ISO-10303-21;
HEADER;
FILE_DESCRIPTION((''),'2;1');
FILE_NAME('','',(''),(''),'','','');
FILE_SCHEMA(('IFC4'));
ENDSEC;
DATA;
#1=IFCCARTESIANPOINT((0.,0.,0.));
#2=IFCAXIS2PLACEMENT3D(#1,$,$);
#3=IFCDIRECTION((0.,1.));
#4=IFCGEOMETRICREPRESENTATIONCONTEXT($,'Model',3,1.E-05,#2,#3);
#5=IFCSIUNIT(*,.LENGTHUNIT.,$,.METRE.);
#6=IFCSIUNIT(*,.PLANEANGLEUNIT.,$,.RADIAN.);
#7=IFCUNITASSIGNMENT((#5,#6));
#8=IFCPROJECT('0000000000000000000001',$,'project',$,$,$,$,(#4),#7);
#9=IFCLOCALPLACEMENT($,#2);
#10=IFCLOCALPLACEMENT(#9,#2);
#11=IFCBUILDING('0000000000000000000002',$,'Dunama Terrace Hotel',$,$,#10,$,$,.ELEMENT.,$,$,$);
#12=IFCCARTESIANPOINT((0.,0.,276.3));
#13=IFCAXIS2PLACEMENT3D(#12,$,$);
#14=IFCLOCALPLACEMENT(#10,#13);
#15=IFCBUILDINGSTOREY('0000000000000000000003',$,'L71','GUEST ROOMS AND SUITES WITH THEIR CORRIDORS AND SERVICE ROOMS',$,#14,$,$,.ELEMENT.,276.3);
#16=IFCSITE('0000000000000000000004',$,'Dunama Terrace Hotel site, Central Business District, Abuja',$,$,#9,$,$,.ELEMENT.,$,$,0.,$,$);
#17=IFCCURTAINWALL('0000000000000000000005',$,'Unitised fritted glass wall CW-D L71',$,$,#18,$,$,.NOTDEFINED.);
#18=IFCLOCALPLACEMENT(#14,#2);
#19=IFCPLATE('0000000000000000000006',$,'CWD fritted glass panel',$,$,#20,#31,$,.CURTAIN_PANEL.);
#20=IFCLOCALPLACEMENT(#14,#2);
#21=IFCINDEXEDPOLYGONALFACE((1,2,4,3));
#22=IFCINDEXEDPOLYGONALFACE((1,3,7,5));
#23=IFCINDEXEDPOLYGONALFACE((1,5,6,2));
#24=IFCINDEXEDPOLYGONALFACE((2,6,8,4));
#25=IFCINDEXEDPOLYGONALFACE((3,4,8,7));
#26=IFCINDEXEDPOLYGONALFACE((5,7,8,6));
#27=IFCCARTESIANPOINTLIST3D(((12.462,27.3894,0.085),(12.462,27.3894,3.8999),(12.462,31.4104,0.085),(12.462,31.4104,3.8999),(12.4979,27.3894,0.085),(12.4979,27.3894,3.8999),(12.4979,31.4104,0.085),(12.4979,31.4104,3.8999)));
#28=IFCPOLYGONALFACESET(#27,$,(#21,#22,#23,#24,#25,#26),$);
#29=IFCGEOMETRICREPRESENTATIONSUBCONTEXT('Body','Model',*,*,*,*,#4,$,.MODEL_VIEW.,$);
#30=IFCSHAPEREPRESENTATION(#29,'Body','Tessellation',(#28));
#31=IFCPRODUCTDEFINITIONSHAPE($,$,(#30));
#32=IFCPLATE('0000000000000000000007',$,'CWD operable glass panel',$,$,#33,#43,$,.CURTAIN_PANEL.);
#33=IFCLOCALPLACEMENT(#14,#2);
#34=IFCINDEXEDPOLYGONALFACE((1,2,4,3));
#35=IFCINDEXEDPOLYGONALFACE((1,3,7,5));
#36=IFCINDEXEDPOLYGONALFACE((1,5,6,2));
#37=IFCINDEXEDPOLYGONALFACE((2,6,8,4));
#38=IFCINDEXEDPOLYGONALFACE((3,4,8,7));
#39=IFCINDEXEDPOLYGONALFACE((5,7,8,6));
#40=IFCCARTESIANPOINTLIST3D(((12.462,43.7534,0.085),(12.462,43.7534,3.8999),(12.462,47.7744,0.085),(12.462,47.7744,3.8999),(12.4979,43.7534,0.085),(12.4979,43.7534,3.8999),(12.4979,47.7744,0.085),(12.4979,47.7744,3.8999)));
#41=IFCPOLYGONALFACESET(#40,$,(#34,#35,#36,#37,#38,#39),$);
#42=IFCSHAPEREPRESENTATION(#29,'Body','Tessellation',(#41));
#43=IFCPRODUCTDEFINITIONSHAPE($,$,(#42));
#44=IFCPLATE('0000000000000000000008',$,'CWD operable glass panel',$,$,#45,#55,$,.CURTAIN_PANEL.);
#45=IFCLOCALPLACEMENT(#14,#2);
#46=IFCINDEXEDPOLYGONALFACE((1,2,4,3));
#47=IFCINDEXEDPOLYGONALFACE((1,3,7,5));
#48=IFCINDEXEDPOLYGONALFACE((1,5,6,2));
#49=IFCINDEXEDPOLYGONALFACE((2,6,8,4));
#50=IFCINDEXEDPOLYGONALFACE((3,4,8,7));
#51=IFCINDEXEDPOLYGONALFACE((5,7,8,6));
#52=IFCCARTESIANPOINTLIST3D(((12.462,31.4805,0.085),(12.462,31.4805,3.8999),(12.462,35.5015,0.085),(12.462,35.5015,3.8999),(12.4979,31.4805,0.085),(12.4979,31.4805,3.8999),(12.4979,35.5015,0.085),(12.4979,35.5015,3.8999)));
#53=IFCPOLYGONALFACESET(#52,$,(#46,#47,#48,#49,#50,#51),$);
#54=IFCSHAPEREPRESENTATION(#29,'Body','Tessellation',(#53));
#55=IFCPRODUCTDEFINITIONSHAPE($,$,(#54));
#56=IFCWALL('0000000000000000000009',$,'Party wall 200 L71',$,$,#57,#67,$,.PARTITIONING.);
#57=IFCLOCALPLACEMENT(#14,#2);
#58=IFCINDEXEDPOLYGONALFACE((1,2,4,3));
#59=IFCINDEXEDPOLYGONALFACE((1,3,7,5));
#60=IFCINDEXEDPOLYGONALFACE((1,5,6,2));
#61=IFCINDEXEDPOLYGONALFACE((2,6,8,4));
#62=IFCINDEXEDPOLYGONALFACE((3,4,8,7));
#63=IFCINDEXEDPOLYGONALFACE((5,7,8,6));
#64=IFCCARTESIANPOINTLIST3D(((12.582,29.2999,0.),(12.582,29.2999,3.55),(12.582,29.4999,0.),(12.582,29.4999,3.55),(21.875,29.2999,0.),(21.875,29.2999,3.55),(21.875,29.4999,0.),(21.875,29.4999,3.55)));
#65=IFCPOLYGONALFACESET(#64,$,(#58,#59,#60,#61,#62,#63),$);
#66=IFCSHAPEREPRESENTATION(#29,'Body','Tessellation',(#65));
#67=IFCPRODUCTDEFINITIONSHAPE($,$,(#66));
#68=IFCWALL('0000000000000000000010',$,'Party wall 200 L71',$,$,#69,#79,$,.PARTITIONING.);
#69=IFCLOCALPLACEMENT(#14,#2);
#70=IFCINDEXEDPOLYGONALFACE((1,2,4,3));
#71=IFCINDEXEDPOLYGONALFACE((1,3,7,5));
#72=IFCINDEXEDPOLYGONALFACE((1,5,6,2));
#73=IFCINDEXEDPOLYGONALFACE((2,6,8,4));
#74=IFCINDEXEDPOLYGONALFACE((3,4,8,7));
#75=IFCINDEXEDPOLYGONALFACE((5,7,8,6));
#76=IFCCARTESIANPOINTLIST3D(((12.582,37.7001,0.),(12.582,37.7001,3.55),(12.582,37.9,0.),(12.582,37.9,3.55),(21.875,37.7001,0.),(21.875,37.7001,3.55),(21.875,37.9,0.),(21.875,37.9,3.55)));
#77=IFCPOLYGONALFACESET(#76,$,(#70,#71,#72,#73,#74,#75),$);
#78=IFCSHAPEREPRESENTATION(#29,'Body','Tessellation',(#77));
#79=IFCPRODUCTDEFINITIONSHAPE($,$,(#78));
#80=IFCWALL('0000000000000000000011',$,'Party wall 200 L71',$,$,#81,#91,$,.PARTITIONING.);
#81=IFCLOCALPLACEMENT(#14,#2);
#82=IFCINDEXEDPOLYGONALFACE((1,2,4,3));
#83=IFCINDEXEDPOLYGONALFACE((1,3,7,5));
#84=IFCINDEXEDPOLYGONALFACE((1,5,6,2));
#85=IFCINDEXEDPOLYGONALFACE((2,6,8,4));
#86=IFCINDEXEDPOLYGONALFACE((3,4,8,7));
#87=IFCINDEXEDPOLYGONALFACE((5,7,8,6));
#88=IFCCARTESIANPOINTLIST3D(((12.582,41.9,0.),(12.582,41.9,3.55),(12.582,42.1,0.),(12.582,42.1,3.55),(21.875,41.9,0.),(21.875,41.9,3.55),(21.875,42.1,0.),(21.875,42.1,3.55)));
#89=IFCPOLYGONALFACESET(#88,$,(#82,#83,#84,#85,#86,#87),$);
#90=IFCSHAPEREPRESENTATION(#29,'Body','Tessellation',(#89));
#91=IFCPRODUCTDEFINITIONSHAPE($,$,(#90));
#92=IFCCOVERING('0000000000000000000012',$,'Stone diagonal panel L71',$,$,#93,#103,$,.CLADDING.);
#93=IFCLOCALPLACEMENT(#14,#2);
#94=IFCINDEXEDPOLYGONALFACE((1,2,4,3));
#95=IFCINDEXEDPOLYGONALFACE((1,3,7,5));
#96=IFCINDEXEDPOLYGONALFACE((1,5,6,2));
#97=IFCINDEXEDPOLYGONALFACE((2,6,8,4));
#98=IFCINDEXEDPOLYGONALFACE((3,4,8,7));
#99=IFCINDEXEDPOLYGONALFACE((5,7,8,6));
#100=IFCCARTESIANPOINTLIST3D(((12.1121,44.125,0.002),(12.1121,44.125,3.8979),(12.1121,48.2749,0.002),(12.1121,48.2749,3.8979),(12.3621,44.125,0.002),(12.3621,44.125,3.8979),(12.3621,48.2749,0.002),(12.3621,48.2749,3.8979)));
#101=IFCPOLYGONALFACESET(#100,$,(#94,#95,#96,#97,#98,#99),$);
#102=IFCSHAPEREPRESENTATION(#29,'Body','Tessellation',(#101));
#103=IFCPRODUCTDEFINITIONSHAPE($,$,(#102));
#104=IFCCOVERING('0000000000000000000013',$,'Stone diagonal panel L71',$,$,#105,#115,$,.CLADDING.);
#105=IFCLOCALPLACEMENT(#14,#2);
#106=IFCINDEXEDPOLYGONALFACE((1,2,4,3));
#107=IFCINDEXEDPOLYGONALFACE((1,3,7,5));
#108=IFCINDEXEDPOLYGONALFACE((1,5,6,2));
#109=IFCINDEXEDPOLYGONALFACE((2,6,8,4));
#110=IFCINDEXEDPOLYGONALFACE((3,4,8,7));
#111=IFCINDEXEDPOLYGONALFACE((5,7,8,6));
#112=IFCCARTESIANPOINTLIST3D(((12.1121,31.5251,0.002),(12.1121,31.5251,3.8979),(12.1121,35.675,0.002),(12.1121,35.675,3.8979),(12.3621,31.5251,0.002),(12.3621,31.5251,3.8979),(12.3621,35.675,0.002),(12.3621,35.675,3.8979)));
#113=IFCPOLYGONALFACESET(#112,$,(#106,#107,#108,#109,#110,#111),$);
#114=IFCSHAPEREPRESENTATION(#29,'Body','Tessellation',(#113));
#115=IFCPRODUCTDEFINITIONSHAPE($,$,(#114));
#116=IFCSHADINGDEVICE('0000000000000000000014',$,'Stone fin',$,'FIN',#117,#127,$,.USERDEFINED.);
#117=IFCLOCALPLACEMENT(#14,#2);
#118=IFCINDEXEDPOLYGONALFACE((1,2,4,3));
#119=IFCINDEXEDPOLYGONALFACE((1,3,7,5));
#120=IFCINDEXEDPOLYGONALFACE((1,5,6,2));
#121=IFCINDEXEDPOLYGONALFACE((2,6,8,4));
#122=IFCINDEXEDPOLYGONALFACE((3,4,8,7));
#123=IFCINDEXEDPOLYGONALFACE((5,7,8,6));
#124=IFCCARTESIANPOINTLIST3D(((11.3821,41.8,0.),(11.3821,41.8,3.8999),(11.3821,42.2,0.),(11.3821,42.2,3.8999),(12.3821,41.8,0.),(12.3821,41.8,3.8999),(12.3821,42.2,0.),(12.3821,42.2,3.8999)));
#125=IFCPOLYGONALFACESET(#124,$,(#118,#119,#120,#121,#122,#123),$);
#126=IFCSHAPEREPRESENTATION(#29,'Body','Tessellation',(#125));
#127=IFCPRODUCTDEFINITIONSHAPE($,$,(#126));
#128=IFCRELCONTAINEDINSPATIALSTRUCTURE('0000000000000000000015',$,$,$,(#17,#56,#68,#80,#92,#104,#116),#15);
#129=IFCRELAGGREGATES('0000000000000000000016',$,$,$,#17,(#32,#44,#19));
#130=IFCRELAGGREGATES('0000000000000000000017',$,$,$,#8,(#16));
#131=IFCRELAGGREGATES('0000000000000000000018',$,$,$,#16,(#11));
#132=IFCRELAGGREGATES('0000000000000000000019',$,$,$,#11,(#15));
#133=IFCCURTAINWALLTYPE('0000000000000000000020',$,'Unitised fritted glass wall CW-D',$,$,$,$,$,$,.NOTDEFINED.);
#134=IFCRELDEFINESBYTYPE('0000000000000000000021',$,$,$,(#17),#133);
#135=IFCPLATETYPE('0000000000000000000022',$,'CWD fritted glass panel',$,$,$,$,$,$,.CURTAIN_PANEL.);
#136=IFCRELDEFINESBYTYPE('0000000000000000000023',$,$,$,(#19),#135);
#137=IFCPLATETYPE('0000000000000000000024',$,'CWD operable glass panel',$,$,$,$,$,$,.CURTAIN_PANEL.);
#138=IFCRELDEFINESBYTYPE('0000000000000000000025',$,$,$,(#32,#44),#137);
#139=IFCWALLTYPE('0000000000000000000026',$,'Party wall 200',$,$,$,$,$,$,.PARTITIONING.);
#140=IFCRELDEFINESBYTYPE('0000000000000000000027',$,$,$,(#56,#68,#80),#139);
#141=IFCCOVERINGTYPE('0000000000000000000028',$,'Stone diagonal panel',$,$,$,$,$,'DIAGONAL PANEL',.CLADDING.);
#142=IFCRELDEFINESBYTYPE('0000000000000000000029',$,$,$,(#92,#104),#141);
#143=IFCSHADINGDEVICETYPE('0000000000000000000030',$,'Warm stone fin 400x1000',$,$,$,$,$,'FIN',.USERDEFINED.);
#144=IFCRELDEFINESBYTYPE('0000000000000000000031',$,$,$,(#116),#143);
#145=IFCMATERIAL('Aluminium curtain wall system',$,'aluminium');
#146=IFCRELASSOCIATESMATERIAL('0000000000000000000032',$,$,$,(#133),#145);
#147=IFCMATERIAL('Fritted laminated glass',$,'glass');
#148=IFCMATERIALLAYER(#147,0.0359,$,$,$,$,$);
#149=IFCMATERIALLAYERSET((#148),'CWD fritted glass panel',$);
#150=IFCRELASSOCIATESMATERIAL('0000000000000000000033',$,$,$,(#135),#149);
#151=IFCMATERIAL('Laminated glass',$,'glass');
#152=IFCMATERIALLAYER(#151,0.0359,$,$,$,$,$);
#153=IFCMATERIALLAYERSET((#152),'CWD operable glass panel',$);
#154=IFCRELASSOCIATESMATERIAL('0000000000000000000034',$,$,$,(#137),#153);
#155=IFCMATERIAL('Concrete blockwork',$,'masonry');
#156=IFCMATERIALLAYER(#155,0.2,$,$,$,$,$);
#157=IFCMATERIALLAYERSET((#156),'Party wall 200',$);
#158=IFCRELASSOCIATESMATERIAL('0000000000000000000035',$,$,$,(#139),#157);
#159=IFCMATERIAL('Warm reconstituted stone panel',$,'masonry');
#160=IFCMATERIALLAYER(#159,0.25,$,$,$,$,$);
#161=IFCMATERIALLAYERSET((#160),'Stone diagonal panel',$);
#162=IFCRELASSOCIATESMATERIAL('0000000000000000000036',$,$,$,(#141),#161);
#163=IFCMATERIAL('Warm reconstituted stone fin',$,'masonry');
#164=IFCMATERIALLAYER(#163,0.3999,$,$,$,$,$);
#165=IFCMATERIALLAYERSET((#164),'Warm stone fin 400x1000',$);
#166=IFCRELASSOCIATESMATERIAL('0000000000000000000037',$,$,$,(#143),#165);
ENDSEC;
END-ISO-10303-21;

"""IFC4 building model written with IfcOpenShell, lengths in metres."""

from ifc_helpers import new_model, si_unit, direction, frame, frame_2d, origin, origin_2d, place, context, subcontext, project, spatial, rectangle, extrude, material, layer, layer_set, type_object, element, aggregate, save


model = new_model("IFC4")

# Units and contexts
model_context = context("Model", 3, precision=1e-05, world=origin(), true_north=direction((0.0, 1.0)))
body_context = subcontext(model_context, "Body", "Model", "MODEL_VIEW")
ifc_project = project(units=[si_unit("LENGTHUNIT", "METRE"), si_unit("PLANEANGLEUNIT", "RADIAN")], contexts=[model_context])

# Site, building, storey
site_placement = place(None, origin())
site = spatial("IfcSite", under=ifc_project, at=site_placement, Name="Dunama Terrace Hotel site, Central Business District, Abuja", CompositionType="ELEMENT", RefElevation=0.0)
building_placement = place(site_placement, origin())
building = spatial("IfcBuilding", under=site, at=building_placement, Name="Dunama Terrace Hotel", CompositionType="ELEMENT")
storey_placement = place(building_placement, frame((0.0, 0.0, 276.3)))
storey = spatial("IfcBuildingStorey", under=building, at=storey_placement, Name="L71", Description="GUEST ROOMS AND SUITES WITH THEIR CORRIDORS AND SERVICE ROOMS", CompositionType="ELEMENT", Elevation=276.3)

# Curtain wall
ifc_material_1 = material(Name="Aluminium curtain wall system", Category="aluminium")
curtain_wall_type = type_object("IfcCurtainWallType", Name="Unitised fritted glass wall CW-D", PredefinedType="NOTDEFINED", material=ifc_material_1)
curtain_wall_placement = place(storey_placement, origin())
curtain_wall = element("IfcCurtainWall", 1, at=curtain_wall_placement, inside=storey, type_object=curtain_wall_type, Name="Unitised fritted glass wall CW-D L71", PredefinedType="NOTDEFINED")

# Plates
ifc_material_2 = material(Name="Fritted laminated glass", Category="glass")
ifc_layer_1 = layer(ifc_material_2, 0.0359)
ifc_layer_set_1 = layer_set([ifc_layer_1], Name="CWD fritted glass panel")
plate_type_1 = type_object("IfcPlateType", Name="CWD fritted glass panel", PredefinedType="CURTAIN_PANEL", material=ifc_layer_set_1)
plate_1_placement = place(storey_placement, frame((12.48, 29.3999, 0.085), z_axis=(0.0, 0.0, 1.0), x_axis=(0.0, -1.0, 0.0)))
plate_1 = element("IfcPlate", 2, at=plate_1_placement, type_object=plate_type_1, Name="CWD fritted glass panel", PredefinedType="CURTAIN_PANEL", context=body_context, shape_type="SweptSolid", body=[
    extrude(rectangle(XDim=4.021, YDim=0.0359, at=origin_2d()), origin(), (0.0, 0.0, 1.0), 3.8149),
])
ifc_material_3 = material(Name="Laminated glass", Category="glass")
ifc_layer_2 = layer(ifc_material_3, 0.0359)
ifc_layer_set_2 = layer_set([ifc_layer_2], Name="CWD operable glass panel")
plate_type_2 = type_object("IfcPlateType", Name="CWD operable glass panel", PredefinedType="CURTAIN_PANEL", material=ifc_layer_set_2)
plate_2_placement = place(storey_placement, frame((12.48, 45.7639, 0.085), z_axis=(0.0, 0.0, 1.0), x_axis=(0.0, -1.0, 0.0)))
plate_2 = element("IfcPlate", 3, at=plate_2_placement, type_object=plate_type_2, Name="CWD operable glass panel", PredefinedType="CURTAIN_PANEL", context=body_context, shape_type="SweptSolid", body=[
    extrude(rectangle(XDim=4.021, YDim=0.0359, at=origin_2d()), origin(), (0.0, 0.0, 1.0), 3.8149),
])
plate_3_placement = place(storey_placement, frame((12.48, 33.491, 0.085), z_axis=(0.0, 0.0, 1.0), x_axis=(0.0, -1.0, 0.0)))
plate_3 = element("IfcPlate", 4, at=plate_3_placement, type_object=plate_type_2, Name="CWD operable glass panel", PredefinedType="CURTAIN_PANEL", context=body_context, shape_type="SweptSolid", body=[
    extrude(rectangle(XDim=4.021, YDim=0.0359, at=origin_2d()), origin(), (0.0, 0.0, 1.0), 3.8149),
])
aggregate(curtain_wall, [plate_2, plate_3, plate_1])

# Walls
ifc_material_4 = material(Name="Concrete blockwork", Category="masonry")
ifc_layer_3 = layer(ifc_material_4, 0.2)
ifc_layer_set_3 = layer_set([ifc_layer_3], Name="Party wall 200")
wall_type = type_object("IfcWallType", Name="Party wall 200", PredefinedType="PARTITIONING", material=ifc_layer_set_3)
for number, where, z_axis, x_axis, name in (
    (5, (12.582, 29.3999, 0.0), (0.0, 0.0, 1.0), (1.0, 0.0, 0.0), "Party wall 200 L71"),
    (6, (12.582, 37.8, 0.0), (0.0, 0.0, 1.0), (1.0, 0.0, 0.0), "Party wall 200 L71"),
    (7, (12.582, 42.0, 0.0), (0.0, 0.0, 1.0), (1.0, 0.0, 0.0), "Party wall 200 L71"),
):
    element("IfcWall", number, at=place(storey_placement, frame(where, z_axis=z_axis, x_axis=x_axis)), inside=storey, type_object=wall_type, Name=name, PredefinedType="PARTITIONING", context=body_context, shape_type="SweptSolid", body=[
        extrude(rectangle(XDim=9.293, YDim=0.2, at=frame_2d((4.6465, 0.0))), origin(), (0.0, 0.0, 1.0), 3.55),
    ])

# Coverings
ifc_material_5 = material(Name="Warm reconstituted stone panel", Category="masonry")
ifc_layer_4 = layer(ifc_material_5, 0.25)
ifc_layer_set_4 = layer_set([ifc_layer_4], Name="Stone diagonal panel")
covering_type = type_object("IfcCoveringType", Name="Stone diagonal panel", ElementType="DIAGONAL PANEL", PredefinedType="CLADDING", material=ifc_layer_set_4)
for number, where, z_axis, x_axis, name in (
    (8, (12.2371, 46.2, 0.002), (0.0, 0.0, 1.0), (0.0, -1.0, 0.0), "Stone diagonal panel L71"),
    (9, (12.2371, 33.6001, 0.002), (0.0, 0.0, 1.0), (0.0, -1.0, 0.0), "Stone diagonal panel L71"),
):
    element("IfcCovering", number, at=place(storey_placement, frame(where, z_axis=z_axis, x_axis=x_axis)), inside=storey, type_object=covering_type, Name=name, PredefinedType="CLADDING", context=body_context, shape_type="SweptSolid", body=[
        extrude(rectangle(XDim=4.1499, YDim=0.25, at=origin_2d()), origin(), (0.0, 0.0, 1.0), 3.896),
    ])

# Shading device
ifc_material_6 = material(Name="Warm reconstituted stone fin", Category="masonry")
ifc_layer_5 = layer(ifc_material_6, 0.3999)
ifc_layer_set_5 = layer_set([ifc_layer_5], Name="Warm stone fin 400x1000")
shading_device_type = type_object("IfcShadingDeviceType", Name="Warm stone fin 400x1000", ElementType="FIN", PredefinedType="USERDEFINED", material=ifc_layer_set_5)
shading_device_placement = place(storey_placement, frame((11.8821, 42.0, 0.0), z_axis=(0.0, 0.0, 1.0), x_axis=(0.0, -1.0, 0.0)))
element("IfcShadingDevice", 10, at=shading_device_placement, inside=storey, type_object=shading_device_type, Name="Stone fin", ObjectType="FIN", PredefinedType="USERDEFINED", context=body_context, shape_type="SweptSolid", body=[
    extrude(rectangle(XDim=0.3999, YDim=1.0, at=origin_2d()), origin(), (0.0, 0.0, 1.0), 3.8999),
])

save(model, "model.ifc")
